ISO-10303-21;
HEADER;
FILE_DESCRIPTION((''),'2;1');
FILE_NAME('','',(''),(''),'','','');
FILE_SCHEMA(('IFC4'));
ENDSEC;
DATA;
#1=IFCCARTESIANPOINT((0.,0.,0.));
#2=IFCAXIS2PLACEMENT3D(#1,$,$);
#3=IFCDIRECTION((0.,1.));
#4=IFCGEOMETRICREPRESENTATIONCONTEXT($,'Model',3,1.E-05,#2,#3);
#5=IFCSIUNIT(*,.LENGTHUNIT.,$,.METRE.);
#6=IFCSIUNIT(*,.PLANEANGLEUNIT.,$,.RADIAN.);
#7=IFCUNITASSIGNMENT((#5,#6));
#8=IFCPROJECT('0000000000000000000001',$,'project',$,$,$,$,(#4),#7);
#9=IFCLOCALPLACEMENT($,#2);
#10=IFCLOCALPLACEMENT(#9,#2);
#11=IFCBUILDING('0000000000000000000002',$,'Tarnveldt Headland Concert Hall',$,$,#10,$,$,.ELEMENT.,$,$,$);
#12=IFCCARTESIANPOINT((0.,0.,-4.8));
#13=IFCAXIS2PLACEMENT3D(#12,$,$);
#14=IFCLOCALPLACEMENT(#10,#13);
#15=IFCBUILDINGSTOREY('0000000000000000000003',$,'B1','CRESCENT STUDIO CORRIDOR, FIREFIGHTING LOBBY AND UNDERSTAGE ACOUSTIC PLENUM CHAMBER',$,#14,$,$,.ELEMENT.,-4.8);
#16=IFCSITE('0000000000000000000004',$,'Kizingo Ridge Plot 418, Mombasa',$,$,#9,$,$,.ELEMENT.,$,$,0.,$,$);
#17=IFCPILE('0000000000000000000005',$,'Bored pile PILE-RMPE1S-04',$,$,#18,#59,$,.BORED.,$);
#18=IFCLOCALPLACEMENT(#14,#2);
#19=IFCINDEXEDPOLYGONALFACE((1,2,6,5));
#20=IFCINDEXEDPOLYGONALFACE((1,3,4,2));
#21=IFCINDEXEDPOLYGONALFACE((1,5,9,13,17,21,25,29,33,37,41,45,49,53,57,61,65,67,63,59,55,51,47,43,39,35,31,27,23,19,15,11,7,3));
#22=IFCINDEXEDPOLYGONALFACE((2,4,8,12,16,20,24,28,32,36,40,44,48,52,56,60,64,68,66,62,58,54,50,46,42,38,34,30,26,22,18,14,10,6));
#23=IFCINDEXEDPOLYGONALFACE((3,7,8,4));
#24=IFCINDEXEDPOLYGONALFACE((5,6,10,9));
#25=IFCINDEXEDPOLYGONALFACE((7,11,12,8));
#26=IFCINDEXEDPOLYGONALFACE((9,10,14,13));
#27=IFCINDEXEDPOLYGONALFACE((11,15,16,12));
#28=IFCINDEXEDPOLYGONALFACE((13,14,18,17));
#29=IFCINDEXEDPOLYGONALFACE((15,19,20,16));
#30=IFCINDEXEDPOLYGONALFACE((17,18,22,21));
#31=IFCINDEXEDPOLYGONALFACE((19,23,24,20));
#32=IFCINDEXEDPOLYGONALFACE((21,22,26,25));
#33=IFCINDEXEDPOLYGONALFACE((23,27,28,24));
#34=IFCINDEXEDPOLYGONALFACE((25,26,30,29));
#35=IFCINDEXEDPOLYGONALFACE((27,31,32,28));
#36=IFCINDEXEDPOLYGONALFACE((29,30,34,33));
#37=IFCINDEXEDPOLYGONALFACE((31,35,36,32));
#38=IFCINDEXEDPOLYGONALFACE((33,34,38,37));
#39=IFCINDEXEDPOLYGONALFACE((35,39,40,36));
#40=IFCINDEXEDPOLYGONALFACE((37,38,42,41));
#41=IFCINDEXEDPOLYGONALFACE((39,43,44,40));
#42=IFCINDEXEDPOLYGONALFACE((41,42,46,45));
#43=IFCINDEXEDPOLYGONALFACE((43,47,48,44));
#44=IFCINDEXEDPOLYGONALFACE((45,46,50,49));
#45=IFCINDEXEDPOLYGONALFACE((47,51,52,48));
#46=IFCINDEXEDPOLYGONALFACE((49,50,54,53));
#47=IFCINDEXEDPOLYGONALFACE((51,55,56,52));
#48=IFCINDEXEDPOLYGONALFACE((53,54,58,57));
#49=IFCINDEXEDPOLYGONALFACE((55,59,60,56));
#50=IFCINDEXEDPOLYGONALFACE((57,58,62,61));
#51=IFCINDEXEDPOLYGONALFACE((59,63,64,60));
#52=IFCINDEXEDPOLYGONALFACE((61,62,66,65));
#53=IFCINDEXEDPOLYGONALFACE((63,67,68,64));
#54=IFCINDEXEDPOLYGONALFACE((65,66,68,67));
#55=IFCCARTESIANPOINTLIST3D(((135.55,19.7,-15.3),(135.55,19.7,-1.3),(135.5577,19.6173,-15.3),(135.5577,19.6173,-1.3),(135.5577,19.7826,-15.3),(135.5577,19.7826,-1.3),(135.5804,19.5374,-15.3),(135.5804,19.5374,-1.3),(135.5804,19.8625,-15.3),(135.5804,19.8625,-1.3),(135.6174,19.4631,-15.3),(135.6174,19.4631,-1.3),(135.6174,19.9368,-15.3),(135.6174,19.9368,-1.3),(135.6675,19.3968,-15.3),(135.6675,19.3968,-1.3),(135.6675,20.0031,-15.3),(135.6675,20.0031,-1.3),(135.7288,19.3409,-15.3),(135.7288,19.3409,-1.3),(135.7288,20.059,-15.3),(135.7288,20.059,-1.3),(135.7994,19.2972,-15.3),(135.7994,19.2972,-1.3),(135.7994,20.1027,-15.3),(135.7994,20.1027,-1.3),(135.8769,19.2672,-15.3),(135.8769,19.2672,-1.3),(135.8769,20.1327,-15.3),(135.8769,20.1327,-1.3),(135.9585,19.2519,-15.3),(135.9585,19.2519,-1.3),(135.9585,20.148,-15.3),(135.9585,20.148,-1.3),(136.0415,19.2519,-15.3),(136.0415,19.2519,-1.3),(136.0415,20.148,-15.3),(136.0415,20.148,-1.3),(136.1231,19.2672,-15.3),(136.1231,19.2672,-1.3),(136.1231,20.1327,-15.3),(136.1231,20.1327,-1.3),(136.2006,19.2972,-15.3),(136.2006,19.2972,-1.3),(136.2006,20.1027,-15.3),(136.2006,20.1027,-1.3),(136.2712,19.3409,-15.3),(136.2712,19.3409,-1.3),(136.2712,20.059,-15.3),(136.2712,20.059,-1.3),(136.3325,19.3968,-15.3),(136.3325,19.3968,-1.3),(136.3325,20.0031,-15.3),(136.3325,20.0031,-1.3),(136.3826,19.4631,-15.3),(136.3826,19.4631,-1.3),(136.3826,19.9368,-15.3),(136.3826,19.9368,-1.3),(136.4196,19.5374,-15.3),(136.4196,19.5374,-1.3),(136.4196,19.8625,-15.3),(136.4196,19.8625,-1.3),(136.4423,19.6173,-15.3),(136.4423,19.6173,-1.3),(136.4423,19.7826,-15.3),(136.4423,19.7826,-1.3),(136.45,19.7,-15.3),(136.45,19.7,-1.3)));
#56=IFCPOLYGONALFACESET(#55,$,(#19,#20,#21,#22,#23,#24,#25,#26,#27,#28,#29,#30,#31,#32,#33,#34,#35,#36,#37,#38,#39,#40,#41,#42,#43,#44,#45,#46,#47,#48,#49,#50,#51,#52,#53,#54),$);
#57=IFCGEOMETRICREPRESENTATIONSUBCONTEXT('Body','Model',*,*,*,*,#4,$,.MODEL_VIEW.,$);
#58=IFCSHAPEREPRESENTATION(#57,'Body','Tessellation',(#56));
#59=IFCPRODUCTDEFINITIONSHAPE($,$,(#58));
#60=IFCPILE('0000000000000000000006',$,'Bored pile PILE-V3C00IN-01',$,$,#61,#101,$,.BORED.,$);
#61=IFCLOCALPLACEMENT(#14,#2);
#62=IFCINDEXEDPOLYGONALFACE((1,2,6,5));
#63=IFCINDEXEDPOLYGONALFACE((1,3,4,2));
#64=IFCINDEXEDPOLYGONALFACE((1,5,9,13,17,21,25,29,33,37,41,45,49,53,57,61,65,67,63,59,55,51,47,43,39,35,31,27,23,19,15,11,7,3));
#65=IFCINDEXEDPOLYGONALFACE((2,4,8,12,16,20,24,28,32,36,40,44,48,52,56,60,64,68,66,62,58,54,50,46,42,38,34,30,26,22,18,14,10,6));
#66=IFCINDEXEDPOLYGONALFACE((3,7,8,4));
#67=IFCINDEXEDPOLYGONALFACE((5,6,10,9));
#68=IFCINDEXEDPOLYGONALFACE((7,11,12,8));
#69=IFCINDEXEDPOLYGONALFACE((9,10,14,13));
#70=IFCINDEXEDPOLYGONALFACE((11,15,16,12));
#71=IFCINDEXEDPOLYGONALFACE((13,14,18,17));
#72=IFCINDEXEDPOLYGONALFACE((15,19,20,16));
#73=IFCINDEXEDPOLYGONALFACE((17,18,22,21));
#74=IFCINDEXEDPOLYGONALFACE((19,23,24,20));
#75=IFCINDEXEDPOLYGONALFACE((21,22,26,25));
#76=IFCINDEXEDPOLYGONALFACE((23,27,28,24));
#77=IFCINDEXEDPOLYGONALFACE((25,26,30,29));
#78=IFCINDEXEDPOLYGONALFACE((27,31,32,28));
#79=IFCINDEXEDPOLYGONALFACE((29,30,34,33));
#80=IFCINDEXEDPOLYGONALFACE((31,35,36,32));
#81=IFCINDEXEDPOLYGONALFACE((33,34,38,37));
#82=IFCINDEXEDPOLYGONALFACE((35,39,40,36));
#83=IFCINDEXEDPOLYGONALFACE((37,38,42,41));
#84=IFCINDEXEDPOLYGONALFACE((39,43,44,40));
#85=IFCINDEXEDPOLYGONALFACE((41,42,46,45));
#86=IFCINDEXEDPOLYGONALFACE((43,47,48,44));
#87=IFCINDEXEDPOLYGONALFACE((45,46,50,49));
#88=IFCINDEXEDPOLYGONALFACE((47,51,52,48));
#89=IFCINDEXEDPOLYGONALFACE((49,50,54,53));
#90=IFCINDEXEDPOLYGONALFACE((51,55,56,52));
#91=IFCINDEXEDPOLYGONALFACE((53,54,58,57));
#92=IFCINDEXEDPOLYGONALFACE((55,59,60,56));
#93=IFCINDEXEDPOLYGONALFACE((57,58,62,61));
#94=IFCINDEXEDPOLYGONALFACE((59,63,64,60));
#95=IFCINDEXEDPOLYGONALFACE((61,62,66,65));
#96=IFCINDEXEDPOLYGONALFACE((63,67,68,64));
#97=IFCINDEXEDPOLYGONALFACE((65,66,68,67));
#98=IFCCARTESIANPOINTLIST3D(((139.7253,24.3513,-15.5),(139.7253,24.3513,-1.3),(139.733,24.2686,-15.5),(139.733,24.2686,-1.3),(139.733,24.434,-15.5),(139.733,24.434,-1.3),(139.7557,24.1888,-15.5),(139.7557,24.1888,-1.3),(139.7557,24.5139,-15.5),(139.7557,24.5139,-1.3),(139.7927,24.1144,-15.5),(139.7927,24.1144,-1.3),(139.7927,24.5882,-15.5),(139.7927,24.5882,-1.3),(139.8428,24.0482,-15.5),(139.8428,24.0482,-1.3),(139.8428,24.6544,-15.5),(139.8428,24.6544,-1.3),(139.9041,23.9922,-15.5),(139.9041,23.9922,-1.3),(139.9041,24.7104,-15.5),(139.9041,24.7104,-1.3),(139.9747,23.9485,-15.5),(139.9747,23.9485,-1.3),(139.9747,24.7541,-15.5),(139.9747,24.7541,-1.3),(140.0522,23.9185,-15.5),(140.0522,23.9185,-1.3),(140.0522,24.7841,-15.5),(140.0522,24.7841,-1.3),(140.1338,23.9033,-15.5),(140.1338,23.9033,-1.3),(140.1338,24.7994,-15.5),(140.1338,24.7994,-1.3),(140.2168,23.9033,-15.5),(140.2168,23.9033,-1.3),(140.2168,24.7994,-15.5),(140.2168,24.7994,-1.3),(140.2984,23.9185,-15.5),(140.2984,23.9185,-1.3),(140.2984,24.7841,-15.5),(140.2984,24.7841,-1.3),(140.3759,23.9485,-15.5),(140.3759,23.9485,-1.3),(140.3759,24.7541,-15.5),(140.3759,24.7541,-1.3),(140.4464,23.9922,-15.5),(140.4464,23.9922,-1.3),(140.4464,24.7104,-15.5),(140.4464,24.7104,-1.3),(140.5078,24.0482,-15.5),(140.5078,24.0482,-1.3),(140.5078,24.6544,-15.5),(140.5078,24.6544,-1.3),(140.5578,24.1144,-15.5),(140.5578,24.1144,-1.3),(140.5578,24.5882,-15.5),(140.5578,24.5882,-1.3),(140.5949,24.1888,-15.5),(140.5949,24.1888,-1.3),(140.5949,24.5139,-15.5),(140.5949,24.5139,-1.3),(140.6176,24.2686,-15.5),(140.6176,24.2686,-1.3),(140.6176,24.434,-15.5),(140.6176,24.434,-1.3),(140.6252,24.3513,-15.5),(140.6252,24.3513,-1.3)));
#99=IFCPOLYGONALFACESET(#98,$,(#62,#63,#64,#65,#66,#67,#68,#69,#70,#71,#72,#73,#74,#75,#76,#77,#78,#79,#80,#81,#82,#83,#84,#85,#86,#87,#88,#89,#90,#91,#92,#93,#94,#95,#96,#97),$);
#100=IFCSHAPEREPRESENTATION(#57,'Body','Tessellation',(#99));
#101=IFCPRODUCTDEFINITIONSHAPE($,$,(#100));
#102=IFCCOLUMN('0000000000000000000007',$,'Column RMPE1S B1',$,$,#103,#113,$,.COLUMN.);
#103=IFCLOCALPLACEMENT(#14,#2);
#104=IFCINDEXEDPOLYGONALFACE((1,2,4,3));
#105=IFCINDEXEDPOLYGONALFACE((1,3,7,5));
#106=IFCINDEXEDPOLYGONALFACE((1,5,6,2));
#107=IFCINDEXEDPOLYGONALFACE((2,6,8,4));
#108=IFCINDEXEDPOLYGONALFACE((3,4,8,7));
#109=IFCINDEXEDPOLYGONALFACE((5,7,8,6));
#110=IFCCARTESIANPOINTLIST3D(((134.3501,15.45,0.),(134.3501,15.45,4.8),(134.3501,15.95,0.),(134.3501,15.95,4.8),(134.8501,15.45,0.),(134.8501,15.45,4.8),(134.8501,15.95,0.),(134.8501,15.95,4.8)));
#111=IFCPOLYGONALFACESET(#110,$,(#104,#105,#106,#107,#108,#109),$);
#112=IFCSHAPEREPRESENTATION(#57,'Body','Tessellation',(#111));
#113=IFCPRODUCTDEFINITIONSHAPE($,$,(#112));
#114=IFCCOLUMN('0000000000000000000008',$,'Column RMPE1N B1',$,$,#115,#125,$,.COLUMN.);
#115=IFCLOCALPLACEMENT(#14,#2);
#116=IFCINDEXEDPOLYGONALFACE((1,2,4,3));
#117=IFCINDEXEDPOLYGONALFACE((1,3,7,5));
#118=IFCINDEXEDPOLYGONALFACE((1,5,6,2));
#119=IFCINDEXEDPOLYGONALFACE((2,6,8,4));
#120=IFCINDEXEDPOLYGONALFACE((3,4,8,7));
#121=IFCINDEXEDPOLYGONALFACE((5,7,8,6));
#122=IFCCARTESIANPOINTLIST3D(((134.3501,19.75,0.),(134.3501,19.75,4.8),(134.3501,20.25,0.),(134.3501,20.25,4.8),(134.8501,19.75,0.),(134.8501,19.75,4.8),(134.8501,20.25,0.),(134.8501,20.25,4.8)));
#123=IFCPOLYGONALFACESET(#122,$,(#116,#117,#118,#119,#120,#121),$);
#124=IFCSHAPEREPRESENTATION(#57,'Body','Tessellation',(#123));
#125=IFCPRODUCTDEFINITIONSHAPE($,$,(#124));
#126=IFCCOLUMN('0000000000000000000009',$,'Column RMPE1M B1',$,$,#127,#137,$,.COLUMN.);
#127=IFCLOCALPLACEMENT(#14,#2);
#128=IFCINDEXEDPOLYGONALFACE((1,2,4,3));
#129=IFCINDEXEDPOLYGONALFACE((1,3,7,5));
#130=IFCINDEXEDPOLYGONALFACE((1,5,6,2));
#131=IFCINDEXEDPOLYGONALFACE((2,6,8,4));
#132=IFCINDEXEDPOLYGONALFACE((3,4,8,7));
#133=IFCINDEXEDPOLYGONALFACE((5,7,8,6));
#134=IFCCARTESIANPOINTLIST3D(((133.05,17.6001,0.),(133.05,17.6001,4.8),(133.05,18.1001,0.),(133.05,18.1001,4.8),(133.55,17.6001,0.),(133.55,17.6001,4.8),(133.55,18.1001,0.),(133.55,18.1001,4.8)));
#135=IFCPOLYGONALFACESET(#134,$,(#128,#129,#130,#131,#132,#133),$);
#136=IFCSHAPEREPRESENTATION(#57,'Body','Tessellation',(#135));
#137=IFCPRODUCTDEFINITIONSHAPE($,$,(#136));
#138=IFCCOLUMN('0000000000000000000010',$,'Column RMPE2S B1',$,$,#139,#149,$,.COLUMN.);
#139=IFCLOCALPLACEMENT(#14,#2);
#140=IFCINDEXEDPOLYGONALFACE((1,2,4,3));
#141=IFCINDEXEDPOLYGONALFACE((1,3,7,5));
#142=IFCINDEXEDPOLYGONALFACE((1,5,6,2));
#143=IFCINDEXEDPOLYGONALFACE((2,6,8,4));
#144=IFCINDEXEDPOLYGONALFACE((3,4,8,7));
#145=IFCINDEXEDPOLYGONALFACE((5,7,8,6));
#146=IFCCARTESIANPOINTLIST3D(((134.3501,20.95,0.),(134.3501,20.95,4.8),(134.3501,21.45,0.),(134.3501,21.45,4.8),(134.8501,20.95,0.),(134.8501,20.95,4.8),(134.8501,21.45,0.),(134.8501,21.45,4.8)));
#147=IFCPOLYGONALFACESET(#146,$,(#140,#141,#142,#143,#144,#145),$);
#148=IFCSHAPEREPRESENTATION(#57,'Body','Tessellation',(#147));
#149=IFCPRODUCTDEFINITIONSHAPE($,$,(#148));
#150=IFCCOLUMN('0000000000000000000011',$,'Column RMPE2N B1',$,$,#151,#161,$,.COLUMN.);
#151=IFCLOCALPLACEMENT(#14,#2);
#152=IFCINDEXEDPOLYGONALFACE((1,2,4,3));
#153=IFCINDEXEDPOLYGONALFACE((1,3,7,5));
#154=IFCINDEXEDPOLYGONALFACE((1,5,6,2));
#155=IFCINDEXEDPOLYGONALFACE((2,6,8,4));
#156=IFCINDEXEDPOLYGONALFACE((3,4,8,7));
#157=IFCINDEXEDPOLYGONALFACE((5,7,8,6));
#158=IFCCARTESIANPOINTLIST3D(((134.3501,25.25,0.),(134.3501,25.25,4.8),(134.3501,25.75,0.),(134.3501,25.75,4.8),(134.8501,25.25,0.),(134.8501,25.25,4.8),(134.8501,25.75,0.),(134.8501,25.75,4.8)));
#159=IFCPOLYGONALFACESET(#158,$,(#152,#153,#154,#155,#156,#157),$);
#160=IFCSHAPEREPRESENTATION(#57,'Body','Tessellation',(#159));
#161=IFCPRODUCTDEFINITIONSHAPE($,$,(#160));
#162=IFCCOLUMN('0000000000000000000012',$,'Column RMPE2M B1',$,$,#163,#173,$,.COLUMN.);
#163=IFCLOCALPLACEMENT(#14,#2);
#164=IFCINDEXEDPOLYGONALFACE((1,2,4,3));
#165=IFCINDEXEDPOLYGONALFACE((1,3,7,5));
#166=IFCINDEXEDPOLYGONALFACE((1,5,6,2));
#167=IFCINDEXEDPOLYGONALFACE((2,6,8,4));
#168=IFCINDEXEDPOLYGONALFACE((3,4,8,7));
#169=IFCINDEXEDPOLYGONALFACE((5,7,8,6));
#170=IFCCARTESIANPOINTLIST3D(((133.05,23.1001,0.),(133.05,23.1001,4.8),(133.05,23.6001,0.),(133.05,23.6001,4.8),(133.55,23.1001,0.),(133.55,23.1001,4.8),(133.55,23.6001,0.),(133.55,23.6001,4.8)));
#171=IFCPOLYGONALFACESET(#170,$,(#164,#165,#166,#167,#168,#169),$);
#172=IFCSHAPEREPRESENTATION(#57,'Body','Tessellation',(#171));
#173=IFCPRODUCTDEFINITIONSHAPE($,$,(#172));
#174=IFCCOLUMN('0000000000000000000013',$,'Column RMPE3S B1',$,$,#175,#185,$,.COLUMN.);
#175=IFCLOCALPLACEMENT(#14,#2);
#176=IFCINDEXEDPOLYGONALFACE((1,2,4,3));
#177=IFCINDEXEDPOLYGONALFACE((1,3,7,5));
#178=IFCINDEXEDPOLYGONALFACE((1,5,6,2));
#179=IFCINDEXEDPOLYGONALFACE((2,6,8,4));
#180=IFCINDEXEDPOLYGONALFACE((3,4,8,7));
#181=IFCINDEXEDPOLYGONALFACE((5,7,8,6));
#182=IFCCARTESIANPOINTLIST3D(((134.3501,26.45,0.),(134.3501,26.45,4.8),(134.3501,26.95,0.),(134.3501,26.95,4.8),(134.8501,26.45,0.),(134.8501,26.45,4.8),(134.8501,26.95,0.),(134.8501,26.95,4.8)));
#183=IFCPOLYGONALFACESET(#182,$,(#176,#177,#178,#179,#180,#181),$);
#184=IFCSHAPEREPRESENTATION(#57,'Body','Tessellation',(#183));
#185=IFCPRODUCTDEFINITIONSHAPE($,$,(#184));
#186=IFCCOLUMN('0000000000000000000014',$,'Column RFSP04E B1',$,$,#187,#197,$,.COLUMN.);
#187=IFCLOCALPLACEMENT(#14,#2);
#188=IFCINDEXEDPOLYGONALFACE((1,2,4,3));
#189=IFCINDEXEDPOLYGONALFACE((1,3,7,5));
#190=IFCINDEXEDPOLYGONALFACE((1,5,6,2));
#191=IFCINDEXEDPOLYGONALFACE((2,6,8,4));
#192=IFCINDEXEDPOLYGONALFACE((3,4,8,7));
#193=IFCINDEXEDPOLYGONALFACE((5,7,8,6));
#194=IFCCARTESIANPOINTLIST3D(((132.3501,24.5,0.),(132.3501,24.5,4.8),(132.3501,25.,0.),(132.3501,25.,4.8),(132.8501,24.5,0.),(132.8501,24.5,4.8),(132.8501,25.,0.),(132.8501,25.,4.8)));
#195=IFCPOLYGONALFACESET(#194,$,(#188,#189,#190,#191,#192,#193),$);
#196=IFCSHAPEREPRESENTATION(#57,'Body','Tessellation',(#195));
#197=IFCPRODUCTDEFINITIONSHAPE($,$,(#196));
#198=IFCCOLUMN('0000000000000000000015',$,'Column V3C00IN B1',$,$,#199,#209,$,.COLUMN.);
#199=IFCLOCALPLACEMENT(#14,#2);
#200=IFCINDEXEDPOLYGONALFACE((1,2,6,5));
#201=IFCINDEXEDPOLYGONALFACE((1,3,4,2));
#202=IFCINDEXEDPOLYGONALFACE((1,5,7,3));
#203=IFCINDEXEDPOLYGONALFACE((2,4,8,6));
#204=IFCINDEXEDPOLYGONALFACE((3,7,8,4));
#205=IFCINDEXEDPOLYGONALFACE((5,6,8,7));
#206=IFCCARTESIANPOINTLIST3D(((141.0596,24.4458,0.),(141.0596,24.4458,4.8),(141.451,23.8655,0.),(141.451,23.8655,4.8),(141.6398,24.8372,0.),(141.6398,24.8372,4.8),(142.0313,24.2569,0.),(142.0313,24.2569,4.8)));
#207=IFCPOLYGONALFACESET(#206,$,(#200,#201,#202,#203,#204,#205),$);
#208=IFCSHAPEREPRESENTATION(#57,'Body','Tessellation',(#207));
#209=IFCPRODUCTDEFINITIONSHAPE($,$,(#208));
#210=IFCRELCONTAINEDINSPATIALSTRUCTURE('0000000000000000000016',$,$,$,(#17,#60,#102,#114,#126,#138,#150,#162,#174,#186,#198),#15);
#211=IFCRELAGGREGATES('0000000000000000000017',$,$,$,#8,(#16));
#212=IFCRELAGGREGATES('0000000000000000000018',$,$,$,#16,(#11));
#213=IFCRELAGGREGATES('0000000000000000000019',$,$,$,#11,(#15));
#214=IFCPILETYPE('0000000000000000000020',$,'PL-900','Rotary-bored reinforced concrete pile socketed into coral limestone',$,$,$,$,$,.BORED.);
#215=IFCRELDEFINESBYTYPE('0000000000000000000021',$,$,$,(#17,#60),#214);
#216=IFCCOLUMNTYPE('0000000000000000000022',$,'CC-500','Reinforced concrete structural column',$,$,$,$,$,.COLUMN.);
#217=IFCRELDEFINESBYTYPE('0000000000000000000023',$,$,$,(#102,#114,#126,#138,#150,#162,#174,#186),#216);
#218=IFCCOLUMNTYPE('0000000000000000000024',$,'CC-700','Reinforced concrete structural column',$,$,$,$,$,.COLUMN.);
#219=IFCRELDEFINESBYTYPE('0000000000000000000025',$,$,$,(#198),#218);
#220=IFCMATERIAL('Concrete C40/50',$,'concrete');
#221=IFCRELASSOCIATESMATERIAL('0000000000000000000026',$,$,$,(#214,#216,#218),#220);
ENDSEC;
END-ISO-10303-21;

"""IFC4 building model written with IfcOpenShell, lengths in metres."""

from ifc_helpers import new_model, si_unit, direction, frame, origin, origin_2d, place, context, subcontext, project, spatial, rectangle, circle, extrude, material, material_profile, profile_set, type_object, element, save


model = new_model("IFC4")

# Units and contexts
model_context = context("Model", 3, precision=1e-05, world=origin(), true_north=direction((0.0, 1.0)))
body_context = subcontext(model_context, "Body", "Model", "MODEL_VIEW")
ifc_project = project(units=[si_unit("LENGTHUNIT", "METRE"), si_unit("PLANEANGLEUNIT", "RADIAN")], contexts=[model_context])

# Site, building, storey
site_placement = place(None, origin())
site = spatial("IfcSite", under=ifc_project, at=site_placement, Name="Kizingo Ridge Plot 418, Mombasa", CompositionType="ELEMENT", RefElevation=0.0)
building_placement = place(site_placement, origin())
building = spatial("IfcBuilding", under=site, at=building_placement, Name="Tarnveldt Headland Concert Hall", CompositionType="ELEMENT")
storey_placement = place(building_placement, frame((0.0, 0.0, -4.8)))
storey = spatial("IfcBuildingStorey", under=building, at=storey_placement, Name="B1", Description="CRESCENT STUDIO CORRIDOR, FIREFIGHTING LOBBY AND UNDERSTAGE ACOUSTIC PLENUM CHAMBER", CompositionType="ELEMENT", Elevation=-4.8)

# Shared definitions
ifc_material_1 = material(Name="Concrete C40/50", Category="concrete")

# Piles
ifc_material_profile_1 = material_profile(ifc_material_1, circle(Radius=0.45, at=origin_2d()), Name="BORED PILE D900", Category="concrete")
ifc_profile_set_1 = profile_set([ifc_material_profile_1], Name="Concrete C40/50")
pile_type = type_object("IfcPileType", Name="PL-900", Description="Rotary-bored reinforced concrete pile socketed into coral limestone", PredefinedType="BORED", material=ifc_profile_set_1)
for number, where, z_axis, x_axis, name in (
    (1, (136.0, 19.7, -1.3), (0.0, 0.0, -1.0), (1.0, 0.0, 0.0), "Bored pile PILE-RMPE1S-04"),
):
    element("IfcPile", number, at=place(storey_placement, frame(where, z_axis=z_axis, x_axis=x_axis)), inside=storey, type_object=pile_type, Name=name, PredefinedType="BORED", context=body_context, shape_type="SweptSolid", body=[
        extrude(circle(Radius=0.45, at=origin_2d()), origin(), (0.0, 0.0, 1.0), 14.0),
    ])
pile_placement = place(storey_placement, frame((140.1753, 24.3513, -1.3), z_axis=(0.0, 0.0, -1.0), x_axis=(1.0, 0.0, 0.0)))
element("IfcPile", 2, at=pile_placement, inside=storey, type_object=pile_type, Name="Bored pile PILE-V3C00IN-01", PredefinedType="BORED", context=body_context, shape_type="SweptSolid", body=[
    extrude(circle(Radius=0.45, at=origin_2d()), origin(), (0.0, 0.0, 1.0), 14.2),
])

# Columns
ifc_material_profile_2 = material_profile(ifc_material_1, rectangle(XDim=0.5, YDim=0.5, at=origin_2d()), Name="RC 500x500", Category="concrete")
ifc_profile_set_2 = profile_set([ifc_material_profile_2], Name="Concrete C40/50")
column_type_1 = type_object("IfcColumnType", Name="CC-500", Description="Reinforced concrete structural column", PredefinedType="COLUMN", material=ifc_profile_set_2)
for number, where, z_axis, x_axis, name in (
    (3, (134.6001, 15.7, 0.0), (0.0, 0.0, 1.0), (1.0, 0.0, 0.0), "Column RMPE1S B1"),
    (4, (134.6001, 20.0, 0.0), (0.0, 0.0, 1.0), (1.0, 0.0, 0.0), "Column RMPE1N B1"),
    (5, (133.3, 17.8501, 0.0), (0.0, 0.0, 1.0), (1.0, 0.0, 0.0), "Column RMPE1M B1"),
    (6, (134.6001, 21.2, 0.0), (0.0, 0.0, 1.0), (1.0, 0.0, 0.0), "Column RMPE2S B1"),
    (7, (134.6001, 25.5, 0.0), (0.0, 0.0, 1.0), (1.0, 0.0, 0.0), "Column RMPE2N B1"),
    (8, (133.3, 23.3501, 0.0), (0.0, 0.0, 1.0), (1.0, 0.0, 0.0), "Column RMPE2M B1"),
    (9, (134.6001, 26.7, 0.0), (0.0, 0.0, 1.0), (1.0, 0.0, 0.0), "Column RMPE3S B1"),
    (10, (132.6001, 24.75, 0.0), (0.0, 0.0, 1.0), (1.0, 0.0, 0.0), "Column RFSP04E B1"),
):
    element("IfcColumn", number, at=place(storey_placement, frame(where, z_axis=z_axis, x_axis=x_axis)), inside=storey, type_object=column_type_1, Name=name, PredefinedType="COLUMN", context=body_context, shape_type="SweptSolid", body=[
        extrude(rectangle(XDim=0.5, YDim=0.5, at=origin_2d()), origin(), (0.0, 0.0, 1.0), 4.8),
    ])
ifc_material_profile_3 = material_profile(ifc_material_1, rectangle(XDim=0.7, YDim=0.7, at=origin_2d()), Name="RC 700x700", Category="concrete")
ifc_profile_set_3 = profile_set([ifc_material_profile_3], Name="Concrete C40/50")
column_type_2 = type_object("IfcColumnType", Name="CC-700", Description="Reinforced concrete structural column", PredefinedType="COLUMN", material=ifc_profile_set_3)
column_placement = place(storey_placement, frame((141.5454, 24.3513, 0.0), z_axis=(0.0, 0.0, 1.0), x_axis=(0.559193, -0.829038, 0.0)))
element("IfcColumn", 11, at=column_placement, inside=storey, type_object=column_type_2, Name="Column V3C00IN B1", PredefinedType="COLUMN", context=body_context, shape_type="SweptSolid", body=[
    extrude(rectangle(XDim=0.7, YDim=0.7, at=origin_2d()), origin(), (0.0, 0.0, 1.0), 4.8),
])

save(model, "model.ifc")
